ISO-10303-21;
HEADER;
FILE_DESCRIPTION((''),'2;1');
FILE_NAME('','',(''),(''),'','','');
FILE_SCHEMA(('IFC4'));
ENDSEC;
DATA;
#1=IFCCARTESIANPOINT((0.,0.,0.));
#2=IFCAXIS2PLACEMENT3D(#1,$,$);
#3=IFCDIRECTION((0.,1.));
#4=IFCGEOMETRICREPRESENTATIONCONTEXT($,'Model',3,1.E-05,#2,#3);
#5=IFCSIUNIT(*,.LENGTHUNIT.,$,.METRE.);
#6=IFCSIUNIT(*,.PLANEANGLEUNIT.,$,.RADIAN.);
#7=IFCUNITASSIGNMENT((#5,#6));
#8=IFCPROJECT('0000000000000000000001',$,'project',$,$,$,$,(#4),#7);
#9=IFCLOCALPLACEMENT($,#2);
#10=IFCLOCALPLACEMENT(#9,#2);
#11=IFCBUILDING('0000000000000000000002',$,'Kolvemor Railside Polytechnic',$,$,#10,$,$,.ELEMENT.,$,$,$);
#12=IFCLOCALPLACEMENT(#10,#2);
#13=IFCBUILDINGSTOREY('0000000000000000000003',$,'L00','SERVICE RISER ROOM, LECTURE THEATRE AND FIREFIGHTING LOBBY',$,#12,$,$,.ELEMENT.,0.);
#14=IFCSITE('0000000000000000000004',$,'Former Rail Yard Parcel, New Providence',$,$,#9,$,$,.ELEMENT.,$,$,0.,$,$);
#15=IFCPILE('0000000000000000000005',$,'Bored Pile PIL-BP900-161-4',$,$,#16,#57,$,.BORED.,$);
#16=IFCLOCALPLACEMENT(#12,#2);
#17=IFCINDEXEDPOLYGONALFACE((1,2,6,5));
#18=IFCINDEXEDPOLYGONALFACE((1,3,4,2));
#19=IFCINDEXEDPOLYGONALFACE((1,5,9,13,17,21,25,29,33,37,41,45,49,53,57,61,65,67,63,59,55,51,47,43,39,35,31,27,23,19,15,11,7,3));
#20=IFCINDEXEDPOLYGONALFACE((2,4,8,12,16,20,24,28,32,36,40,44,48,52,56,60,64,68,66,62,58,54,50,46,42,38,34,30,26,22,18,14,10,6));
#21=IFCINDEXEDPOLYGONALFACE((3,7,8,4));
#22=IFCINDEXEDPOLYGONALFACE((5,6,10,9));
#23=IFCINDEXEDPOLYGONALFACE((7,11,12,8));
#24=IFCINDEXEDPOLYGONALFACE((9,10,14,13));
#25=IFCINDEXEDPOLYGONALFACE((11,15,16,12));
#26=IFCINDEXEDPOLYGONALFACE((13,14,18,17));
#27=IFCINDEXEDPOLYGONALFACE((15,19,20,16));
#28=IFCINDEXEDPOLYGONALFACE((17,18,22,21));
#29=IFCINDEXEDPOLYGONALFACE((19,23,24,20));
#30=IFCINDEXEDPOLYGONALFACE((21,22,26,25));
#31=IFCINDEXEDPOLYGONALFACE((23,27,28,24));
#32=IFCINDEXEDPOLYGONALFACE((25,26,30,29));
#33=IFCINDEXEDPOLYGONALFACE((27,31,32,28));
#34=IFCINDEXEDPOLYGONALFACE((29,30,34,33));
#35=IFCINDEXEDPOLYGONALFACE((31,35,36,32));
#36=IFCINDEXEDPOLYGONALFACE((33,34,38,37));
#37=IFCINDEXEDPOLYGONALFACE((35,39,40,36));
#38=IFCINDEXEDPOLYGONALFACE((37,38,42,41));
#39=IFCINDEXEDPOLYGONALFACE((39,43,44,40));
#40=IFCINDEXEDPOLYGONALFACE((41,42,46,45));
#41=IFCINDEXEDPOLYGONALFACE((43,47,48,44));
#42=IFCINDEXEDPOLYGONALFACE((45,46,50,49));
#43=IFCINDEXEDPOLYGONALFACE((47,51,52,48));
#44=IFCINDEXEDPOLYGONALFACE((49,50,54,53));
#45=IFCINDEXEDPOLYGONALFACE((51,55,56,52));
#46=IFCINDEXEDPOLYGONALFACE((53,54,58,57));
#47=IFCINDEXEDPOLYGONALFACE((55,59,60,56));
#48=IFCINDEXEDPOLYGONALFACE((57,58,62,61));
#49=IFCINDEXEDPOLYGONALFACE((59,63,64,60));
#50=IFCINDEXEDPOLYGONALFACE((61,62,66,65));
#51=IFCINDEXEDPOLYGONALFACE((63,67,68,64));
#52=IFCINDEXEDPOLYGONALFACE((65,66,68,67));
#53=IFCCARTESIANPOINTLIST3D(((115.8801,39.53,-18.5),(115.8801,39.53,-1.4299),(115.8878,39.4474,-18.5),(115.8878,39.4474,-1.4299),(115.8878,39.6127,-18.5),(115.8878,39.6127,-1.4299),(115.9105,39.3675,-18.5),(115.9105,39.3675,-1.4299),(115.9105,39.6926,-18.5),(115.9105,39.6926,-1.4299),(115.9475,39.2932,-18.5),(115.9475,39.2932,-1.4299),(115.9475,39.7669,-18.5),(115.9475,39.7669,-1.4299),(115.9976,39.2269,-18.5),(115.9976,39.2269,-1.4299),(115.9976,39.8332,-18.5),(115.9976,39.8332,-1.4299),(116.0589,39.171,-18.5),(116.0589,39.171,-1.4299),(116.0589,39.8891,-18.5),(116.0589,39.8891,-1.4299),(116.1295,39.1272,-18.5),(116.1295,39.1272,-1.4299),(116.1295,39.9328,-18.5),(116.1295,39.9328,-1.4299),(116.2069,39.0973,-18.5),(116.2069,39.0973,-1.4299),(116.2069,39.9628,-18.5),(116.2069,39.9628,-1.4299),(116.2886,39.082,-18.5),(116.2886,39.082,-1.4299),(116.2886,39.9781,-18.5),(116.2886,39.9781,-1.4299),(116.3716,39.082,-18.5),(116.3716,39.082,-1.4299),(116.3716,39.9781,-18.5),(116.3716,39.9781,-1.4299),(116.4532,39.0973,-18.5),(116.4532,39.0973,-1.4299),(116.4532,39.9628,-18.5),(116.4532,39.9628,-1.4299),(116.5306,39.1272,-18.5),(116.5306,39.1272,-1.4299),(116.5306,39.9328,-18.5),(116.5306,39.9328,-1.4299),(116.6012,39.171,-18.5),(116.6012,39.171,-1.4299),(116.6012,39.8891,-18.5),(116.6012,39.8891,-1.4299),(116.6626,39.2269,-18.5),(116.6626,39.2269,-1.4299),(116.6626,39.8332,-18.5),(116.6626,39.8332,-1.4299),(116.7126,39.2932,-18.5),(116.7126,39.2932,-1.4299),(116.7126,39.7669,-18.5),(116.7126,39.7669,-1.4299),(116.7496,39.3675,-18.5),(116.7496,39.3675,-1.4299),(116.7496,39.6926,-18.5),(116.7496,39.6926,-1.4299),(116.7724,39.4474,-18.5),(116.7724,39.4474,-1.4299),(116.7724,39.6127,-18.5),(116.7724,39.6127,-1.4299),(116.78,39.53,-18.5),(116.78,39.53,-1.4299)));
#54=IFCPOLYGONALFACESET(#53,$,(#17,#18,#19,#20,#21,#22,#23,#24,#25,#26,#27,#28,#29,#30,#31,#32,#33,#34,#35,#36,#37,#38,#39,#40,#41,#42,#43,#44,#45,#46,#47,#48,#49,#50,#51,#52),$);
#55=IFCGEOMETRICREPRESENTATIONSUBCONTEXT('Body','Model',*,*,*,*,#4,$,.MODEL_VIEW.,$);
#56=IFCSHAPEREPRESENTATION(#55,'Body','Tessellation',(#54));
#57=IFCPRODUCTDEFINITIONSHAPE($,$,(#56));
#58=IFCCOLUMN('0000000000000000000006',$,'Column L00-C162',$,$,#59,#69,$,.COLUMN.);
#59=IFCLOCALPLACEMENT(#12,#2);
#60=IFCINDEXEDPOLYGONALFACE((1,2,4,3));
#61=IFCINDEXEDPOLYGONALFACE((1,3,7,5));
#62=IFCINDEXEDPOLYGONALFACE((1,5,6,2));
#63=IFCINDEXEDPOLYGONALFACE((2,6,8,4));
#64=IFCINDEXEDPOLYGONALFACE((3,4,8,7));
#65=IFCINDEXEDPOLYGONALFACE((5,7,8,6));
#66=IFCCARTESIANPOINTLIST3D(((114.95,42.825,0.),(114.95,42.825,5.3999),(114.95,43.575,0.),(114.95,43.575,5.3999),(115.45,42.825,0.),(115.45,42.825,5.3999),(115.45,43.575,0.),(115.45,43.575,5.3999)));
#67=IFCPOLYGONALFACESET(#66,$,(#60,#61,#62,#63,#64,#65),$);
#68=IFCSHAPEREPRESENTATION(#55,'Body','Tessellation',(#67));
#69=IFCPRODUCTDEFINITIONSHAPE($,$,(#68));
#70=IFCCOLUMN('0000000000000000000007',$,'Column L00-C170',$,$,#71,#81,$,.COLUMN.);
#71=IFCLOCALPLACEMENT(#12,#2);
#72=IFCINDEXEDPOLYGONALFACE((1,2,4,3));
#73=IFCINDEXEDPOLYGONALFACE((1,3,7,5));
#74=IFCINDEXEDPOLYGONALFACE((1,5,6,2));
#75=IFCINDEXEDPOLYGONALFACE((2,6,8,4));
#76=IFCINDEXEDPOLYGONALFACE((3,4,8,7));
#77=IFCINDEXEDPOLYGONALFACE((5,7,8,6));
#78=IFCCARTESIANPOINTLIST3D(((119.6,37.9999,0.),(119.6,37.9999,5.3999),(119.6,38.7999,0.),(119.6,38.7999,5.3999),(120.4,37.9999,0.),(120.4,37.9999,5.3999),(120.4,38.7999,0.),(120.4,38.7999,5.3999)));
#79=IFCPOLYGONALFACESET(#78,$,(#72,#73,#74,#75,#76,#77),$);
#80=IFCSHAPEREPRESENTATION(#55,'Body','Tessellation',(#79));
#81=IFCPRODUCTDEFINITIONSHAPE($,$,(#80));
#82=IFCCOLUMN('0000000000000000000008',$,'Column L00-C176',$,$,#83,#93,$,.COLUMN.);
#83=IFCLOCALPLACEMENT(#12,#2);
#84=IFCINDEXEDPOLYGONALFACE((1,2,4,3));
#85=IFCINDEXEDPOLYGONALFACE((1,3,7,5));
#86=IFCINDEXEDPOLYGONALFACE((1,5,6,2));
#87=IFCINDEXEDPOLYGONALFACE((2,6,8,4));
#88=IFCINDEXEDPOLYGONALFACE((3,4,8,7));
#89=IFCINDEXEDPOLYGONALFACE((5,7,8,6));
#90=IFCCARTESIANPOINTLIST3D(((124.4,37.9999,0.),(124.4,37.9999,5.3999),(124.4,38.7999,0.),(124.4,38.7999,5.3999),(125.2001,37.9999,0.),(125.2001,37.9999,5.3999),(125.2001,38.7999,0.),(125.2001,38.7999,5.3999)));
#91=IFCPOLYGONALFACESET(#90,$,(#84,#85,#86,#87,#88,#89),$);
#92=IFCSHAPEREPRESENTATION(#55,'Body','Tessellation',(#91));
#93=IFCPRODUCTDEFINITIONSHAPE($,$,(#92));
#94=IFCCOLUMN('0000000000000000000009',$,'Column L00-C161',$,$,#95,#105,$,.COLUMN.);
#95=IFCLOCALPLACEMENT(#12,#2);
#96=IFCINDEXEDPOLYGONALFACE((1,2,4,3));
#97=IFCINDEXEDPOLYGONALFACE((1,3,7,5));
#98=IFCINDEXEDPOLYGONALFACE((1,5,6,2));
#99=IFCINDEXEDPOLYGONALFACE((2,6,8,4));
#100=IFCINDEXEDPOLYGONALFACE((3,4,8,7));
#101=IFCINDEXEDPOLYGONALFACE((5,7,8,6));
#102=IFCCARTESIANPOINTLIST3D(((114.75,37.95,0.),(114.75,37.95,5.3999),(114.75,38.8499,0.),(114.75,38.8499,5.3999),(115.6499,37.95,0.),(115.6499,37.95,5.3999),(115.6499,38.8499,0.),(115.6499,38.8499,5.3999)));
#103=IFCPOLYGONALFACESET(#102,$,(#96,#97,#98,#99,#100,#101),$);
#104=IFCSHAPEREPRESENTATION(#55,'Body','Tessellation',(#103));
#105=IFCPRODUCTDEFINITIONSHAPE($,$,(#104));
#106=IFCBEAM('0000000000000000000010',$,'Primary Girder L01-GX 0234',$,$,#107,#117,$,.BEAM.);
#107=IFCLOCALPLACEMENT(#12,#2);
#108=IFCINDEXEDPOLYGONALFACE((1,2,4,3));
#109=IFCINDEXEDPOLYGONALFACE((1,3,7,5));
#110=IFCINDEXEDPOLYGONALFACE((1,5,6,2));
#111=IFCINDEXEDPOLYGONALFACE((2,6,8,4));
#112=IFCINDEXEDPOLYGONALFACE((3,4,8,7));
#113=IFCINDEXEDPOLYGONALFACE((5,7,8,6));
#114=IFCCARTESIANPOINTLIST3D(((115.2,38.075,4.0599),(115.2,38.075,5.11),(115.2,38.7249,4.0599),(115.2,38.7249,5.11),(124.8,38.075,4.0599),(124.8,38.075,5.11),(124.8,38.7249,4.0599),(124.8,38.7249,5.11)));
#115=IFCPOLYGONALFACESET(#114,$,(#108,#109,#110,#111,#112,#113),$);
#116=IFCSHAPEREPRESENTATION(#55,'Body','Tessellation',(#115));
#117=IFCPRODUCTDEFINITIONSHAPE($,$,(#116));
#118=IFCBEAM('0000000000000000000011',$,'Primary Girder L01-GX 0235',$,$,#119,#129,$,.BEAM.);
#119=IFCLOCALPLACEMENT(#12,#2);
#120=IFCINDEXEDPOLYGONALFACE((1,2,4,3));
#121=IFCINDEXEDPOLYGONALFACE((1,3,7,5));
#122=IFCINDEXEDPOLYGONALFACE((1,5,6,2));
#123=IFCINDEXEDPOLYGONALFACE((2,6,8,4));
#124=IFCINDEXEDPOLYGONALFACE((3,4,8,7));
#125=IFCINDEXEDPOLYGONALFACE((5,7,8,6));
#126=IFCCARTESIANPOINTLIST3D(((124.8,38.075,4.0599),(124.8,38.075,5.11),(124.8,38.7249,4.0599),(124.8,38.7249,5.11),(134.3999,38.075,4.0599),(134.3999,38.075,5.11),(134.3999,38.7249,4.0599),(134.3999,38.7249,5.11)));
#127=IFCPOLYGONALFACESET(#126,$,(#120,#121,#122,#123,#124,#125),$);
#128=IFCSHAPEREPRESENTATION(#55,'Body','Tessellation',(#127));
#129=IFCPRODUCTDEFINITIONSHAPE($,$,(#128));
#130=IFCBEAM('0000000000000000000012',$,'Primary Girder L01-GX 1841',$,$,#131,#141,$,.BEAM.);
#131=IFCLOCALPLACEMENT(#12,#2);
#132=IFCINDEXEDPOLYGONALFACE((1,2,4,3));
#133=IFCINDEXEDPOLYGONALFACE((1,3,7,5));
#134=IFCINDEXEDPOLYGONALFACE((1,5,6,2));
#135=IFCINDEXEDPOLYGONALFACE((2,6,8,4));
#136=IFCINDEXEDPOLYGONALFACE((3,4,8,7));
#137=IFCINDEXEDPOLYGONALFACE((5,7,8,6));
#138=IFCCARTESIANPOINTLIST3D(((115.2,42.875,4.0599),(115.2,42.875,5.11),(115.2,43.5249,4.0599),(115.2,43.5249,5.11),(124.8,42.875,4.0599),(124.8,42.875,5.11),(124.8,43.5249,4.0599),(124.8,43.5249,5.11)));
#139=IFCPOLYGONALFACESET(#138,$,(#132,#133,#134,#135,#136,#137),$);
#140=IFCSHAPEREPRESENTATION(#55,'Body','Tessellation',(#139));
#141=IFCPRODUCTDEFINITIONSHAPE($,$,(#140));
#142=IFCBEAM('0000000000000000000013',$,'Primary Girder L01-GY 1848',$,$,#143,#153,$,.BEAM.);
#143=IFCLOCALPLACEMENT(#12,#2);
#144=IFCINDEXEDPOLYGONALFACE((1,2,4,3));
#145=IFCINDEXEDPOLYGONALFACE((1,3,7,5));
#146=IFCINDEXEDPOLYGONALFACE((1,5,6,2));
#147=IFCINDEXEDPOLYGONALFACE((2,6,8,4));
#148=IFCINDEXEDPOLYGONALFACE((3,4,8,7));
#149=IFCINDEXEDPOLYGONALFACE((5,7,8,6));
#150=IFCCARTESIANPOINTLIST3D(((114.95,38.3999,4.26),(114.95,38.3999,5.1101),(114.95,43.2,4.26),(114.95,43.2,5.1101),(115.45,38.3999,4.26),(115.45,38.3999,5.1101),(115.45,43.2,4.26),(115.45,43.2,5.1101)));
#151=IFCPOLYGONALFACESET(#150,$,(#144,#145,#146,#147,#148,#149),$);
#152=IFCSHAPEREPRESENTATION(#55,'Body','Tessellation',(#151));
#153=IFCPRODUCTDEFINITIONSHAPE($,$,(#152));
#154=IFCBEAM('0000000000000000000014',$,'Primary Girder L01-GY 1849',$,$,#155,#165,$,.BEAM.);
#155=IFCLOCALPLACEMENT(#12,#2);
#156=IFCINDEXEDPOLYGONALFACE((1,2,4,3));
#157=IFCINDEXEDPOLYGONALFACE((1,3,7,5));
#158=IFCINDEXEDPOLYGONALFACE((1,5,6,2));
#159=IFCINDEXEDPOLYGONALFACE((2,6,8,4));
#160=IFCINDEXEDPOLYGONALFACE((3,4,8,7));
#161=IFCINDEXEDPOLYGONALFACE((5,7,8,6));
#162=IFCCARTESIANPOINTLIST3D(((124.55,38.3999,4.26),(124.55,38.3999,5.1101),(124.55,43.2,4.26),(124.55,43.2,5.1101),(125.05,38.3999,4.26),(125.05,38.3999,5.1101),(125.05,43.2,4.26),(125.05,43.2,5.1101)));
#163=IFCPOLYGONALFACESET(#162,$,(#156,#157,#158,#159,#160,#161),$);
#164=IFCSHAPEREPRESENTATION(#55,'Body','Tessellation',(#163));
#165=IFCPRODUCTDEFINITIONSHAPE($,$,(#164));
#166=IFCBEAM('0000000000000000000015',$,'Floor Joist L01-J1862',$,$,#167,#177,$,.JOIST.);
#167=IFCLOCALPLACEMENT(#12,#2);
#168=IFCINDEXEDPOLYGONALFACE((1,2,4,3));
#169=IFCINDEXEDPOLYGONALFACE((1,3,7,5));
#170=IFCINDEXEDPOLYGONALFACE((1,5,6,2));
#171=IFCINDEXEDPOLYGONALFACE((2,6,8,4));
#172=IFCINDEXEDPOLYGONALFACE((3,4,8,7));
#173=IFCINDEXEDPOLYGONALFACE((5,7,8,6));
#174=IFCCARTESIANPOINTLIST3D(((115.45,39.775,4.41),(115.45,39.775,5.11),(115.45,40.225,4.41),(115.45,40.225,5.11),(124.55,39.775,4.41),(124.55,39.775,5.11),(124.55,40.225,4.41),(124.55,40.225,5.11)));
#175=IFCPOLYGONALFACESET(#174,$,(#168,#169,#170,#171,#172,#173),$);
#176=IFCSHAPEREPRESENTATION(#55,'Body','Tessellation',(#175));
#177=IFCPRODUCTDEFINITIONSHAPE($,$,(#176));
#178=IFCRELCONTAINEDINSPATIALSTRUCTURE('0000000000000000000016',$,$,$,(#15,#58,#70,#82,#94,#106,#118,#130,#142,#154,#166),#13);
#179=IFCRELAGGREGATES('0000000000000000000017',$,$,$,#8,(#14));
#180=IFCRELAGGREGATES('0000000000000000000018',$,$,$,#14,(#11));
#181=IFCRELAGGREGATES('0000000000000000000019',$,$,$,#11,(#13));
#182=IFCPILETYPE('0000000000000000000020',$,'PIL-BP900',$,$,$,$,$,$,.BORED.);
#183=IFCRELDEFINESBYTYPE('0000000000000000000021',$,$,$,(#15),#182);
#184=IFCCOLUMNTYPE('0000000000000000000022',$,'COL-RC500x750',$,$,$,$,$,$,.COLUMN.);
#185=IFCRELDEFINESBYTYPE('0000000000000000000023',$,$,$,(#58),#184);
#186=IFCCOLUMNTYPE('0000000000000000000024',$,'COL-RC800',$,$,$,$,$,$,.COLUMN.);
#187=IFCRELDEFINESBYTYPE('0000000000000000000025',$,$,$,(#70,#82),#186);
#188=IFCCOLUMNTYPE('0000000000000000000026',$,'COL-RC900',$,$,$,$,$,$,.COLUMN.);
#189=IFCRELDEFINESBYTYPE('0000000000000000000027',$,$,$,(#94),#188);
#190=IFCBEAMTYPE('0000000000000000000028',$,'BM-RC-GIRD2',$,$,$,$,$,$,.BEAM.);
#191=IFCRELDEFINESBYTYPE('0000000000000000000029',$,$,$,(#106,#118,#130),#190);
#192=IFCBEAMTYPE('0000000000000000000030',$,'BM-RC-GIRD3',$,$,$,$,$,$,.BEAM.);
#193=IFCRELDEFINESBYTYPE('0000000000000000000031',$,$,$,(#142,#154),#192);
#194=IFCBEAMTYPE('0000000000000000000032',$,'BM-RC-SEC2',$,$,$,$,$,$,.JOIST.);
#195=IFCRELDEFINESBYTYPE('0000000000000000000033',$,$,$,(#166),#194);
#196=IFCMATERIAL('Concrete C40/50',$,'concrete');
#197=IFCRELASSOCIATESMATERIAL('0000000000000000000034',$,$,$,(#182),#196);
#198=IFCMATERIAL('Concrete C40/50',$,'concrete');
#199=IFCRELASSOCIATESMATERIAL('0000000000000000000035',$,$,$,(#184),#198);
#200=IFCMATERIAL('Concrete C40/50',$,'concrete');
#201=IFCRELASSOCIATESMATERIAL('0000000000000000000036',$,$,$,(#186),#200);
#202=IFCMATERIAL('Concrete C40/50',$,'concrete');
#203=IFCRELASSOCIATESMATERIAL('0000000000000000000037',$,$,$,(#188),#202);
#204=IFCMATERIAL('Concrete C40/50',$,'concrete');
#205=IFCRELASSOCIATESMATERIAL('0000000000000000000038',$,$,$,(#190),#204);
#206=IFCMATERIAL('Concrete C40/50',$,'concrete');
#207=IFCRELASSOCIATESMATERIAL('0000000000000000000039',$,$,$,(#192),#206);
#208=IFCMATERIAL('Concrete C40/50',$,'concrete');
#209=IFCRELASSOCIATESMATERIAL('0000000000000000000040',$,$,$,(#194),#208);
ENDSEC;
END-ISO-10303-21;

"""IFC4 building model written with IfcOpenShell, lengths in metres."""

from ifc_helpers import new_model, si_unit, direction, frame, origin, origin_2d, place, context, subcontext, project, spatial, rectangle, circle, extrude, material, material_profile, profile_set, type_object, element, save


model = new_model("IFC4")

# Units and contexts
model_context = context("Model", 3, precision=1e-05, world=origin(), true_north=direction((0.0, 1.0)))
body_context = subcontext(model_context, "Body", "Model", "MODEL_VIEW")
ifc_project = project(units=[si_unit("LENGTHUNIT", "METRE"), si_unit("PLANEANGLEUNIT", "RADIAN")], contexts=[model_context])

# Site, building, storey
site_placement = place(None, origin())
site = spatial("IfcSite", under=ifc_project, at=site_placement, Name="Former Rail Yard Parcel, New Providence", CompositionType="ELEMENT", RefElevation=0.0)
building_placement = place(site_placement, origin())
building = spatial("IfcBuilding", under=site, at=building_placement, Name="Kolvemor Railside Polytechnic", CompositionType="ELEMENT")
storey_placement = place(building_placement, origin())
storey = spatial("IfcBuildingStorey", under=building, at=storey_placement, Name="L00", Description="SERVICE RISER ROOM, LECTURE THEATRE AND FIREFIGHTING LOBBY", CompositionType="ELEMENT", Elevation=0.0)

# Pile
ifc_material_1 = material(Name="Concrete C40/50", Category="concrete")
ifc_material_profile_1 = material_profile(ifc_material_1, circle(Radius=0.45, at=origin_2d()), Name="BP900")
ifc_profile_set_1 = profile_set([ifc_material_profile_1], Name="Concrete C40/50")
pile_type_1 = type_object("IfcPileType", Name="PIL-BP900", PredefinedType="BORED", material=ifc_profile_set_1)
for number, where, z_axis, x_axis, name in (
    (1, (116.3301, 39.53, -1.4299), (0.0, 0.0, -1.0), (1.0, 0.0, 0.0), "Bored Pile PIL-BP900-161-4"),
):
    element("IfcPile", number, at=place(storey_placement, frame(where, z_axis=z_axis, x_axis=x_axis)), inside=storey, type_object=pile_type_1, Name=name, PredefinedType="BORED", context=body_context, shape_type="SweptSolid", body=[
        extrude(circle(Radius=0.45, at=origin_2d()), origin(), (0.0, 0.0, 1.0), 17.0701),
    ])

# Columns
ifc_material_2 = material(Name="Concrete C40/50", Category="concrete")
ifc_material_profile_2 = material_profile(ifc_material_2, rectangle(XDim=0.5, YDim=0.75, at=origin_2d()), Name="RC500x750")
ifc_profile_set_2 = profile_set([ifc_material_profile_2], Name="Concrete C40/50")
column_type_1 = type_object("IfcColumnType", Name="COL-RC500x750", PredefinedType="COLUMN", material=ifc_profile_set_2)
column_1_placement = place(storey_placement, frame((115.2, 43.2, 0.0), z_axis=(0.0, 0.0, 1.0), x_axis=(1.0, 0.0, 0.0)))
element("IfcColumn", 2, at=column_1_placement, inside=storey, type_object=column_type_1, Name="Column L00-C162", PredefinedType="COLUMN", context=body_context, shape_type="SweptSolid", body=[
    extrude(rectangle(XDim=0.5, YDim=0.75, at=origin_2d()), origin(), (0.0, 0.0, 1.0), 5.3999),
])
ifc_material_3 = material(Name="Concrete C40/50", Category="concrete")
ifc_material_profile_3 = material_profile(ifc_material_3, rectangle(XDim=0.8, YDim=0.8, at=origin_2d()), Name="RC800x800")
ifc_profile_set_3 = profile_set([ifc_material_profile_3], Name="Concrete C40/50")
column_type_2 = type_object("IfcColumnType", Name="COL-RC800", PredefinedType="COLUMN", material=ifc_profile_set_3)
for number, where, z_axis, x_axis, name in (
    (3, (120.0, 38.3999, 0.0), (0.0, 0.0, 1.0), (1.0, 0.0, 0.0), "Column L00-C170"),
    (4, (124.8, 38.3999, 0.0), (0.0, 0.0, 1.0), (1.0, 0.0, 0.0), "Column L00-C176"),
):
    element("IfcColumn", number, at=place(storey_placement, frame(where, z_axis=z_axis, x_axis=x_axis)), inside=storey, type_object=column_type_2, Name=name, PredefinedType="COLUMN", context=body_context, shape_type="SweptSolid", body=[
        extrude(rectangle(XDim=0.8, YDim=0.8, at=origin_2d()), origin(), (0.0, 0.0, 1.0), 5.3999),
    ])
ifc_material_4 = material(Name="Concrete C40/50", Category="concrete")
ifc_material_profile_4 = material_profile(ifc_material_4, rectangle(XDim=0.8999, YDim=0.8999, at=origin_2d()), Name="RC900x900")
ifc_profile_set_4 = profile_set([ifc_material_profile_4], Name="Concrete C40/50")
column_type_3 = type_object("IfcColumnType", Name="COL-RC900", PredefinedType="COLUMN", material=ifc_profile_set_4)
column_2_placement = place(storey_placement, frame((115.2, 38.3999, 0.0), z_axis=(0.0, 0.0, 1.0), x_axis=(1.0, 0.0, 0.0)))
element("IfcColumn", 5, at=column_2_placement, inside=storey, type_object=column_type_3, Name="Column L00-C161", PredefinedType="COLUMN", context=body_context, shape_type="SweptSolid", body=[
    extrude(rectangle(XDim=0.8999, YDim=0.8999, at=origin_2d()), origin(), (0.0, 0.0, 1.0), 5.3999),
])

# Beams
ifc_material_5 = material(Name="Concrete C40/50", Category="concrete")
ifc_material_profile_5 = material_profile(ifc_material_5, rectangle(XDim=0.6499, YDim=1.05, at=origin_2d()), Name="RC650x1050")
ifc_profile_set_5 = profile_set([ifc_material_profile_5], Name="Concrete C40/50")
beam_type_1 = type_object("IfcBeamType", Name="BM-RC-GIRD2", PredefinedType="BEAM", material=ifc_profile_set_5)
beam_1_placement = place(storey_placement, frame((115.2, 38.3999, 4.585), z_axis=(1.0, 0.0, 0.0), x_axis=(0.0, 1.0, 0.0)))
element("IfcBeam", 6, at=beam_1_placement, inside=storey, type_object=beam_type_1, Name="Primary Girder L01-GX 0234", PredefinedType="BEAM", context=body_context, shape_type="SweptSolid", body=[
    extrude(rectangle(XDim=0.6499, YDim=1.05, at=origin_2d()), origin(), (0.0, 0.0, 1.0), 9.6001),
])
beam_2_placement = place(storey_placement, frame((124.8, 38.3999, 4.585), z_axis=(1.0, 0.0, 0.0), x_axis=(0.0, 1.0, 0.0)))
element("IfcBeam", 7, at=beam_2_placement, inside=storey, type_object=beam_type_1, Name="Primary Girder L01-GX 0235", PredefinedType="BEAM", context=body_context, shape_type="SweptSolid", body=[
    extrude(rectangle(XDim=0.6499, YDim=1.05, at=origin_2d()), origin(), (0.0, 0.0, 1.0), 9.5999),
])
beam_3_placement = place(storey_placement, frame((115.2, 43.2, 4.585), z_axis=(1.0, 0.0, 0.0), x_axis=(0.0, 1.0, 0.0)))
element("IfcBeam", 8, at=beam_3_placement, inside=storey, type_object=beam_type_1, Name="Primary Girder L01-GX 1841", PredefinedType="BEAM", context=body_context, shape_type="SweptSolid", body=[
    extrude(rectangle(XDim=0.6499, YDim=1.05, at=origin_2d()), origin(), (0.0, 0.0, 1.0), 9.6001),
])
ifc_material_6 = material(Name="Concrete C40/50", Category="concrete")
ifc_material_profile_6 = material_profile(ifc_material_6, rectangle(XDim=0.5, YDim=0.8501, at=origin_2d()), Name="RC500x850")
ifc_profile_set_6 = profile_set([ifc_material_profile_6], Name="Concrete C40/50")
beam_type_2 = type_object("IfcBeamType", Name="BM-RC-GIRD3", PredefinedType="BEAM", material=ifc_profile_set_6)
for number, where, z_axis, x_axis, name in (
    (9, (115.2, 38.3999, 4.6851), (0.0, 1.0, 0.0), (-1.0, 0.0, 0.0), "Primary Girder L01-GY 1848"),
    (10, (124.8, 38.3999, 4.6851), (0.0, 1.0, 0.0), (-1.0, 0.0, 0.0), "Primary Girder L01-GY 1849"),
):
    element("IfcBeam", number, at=place(storey_placement, frame(where, z_axis=z_axis, x_axis=x_axis)), inside=storey, type_object=beam_type_2, Name=name, PredefinedType="BEAM", context=body_context, shape_type="SweptSolid", body=[
        extrude(rectangle(XDim=0.5, YDim=0.8501, at=origin_2d()), origin(), (0.0, 0.0, 1.0), 4.8),
    ])
ifc_material_7 = material(Name="Concrete C40/50", Category="concrete")
ifc_material_profile_7 = material_profile(ifc_material_7, rectangle(XDim=0.45, YDim=0.7, at=origin_2d()), Name="RC450x700")
ifc_profile_set_7 = profile_set([ifc_material_profile_7], Name="Concrete C40/50")
beam_type_3 = type_object("IfcBeamType", Name="BM-RC-SEC2", PredefinedType="JOIST", material=ifc_profile_set_7)
for number, where, z_axis, x_axis, name in (
    (11, (115.45, 40.0, 4.76), (1.0, 0.0, 0.0), (0.0, 1.0, 0.0), "Floor Joist L01-J1862"),
):
    element("IfcBeam", number, at=place(storey_placement, frame(where, z_axis=z_axis, x_axis=x_axis)), inside=storey, type_object=beam_type_3, Name=name, PredefinedType="JOIST", context=body_context, shape_type="SweptSolid", body=[
        extrude(rectangle(XDim=0.45, YDim=0.7, at=origin_2d()), origin(), (0.0, 0.0, 1.0), 9.1001),
    ])

save(model, "model.ifc")
